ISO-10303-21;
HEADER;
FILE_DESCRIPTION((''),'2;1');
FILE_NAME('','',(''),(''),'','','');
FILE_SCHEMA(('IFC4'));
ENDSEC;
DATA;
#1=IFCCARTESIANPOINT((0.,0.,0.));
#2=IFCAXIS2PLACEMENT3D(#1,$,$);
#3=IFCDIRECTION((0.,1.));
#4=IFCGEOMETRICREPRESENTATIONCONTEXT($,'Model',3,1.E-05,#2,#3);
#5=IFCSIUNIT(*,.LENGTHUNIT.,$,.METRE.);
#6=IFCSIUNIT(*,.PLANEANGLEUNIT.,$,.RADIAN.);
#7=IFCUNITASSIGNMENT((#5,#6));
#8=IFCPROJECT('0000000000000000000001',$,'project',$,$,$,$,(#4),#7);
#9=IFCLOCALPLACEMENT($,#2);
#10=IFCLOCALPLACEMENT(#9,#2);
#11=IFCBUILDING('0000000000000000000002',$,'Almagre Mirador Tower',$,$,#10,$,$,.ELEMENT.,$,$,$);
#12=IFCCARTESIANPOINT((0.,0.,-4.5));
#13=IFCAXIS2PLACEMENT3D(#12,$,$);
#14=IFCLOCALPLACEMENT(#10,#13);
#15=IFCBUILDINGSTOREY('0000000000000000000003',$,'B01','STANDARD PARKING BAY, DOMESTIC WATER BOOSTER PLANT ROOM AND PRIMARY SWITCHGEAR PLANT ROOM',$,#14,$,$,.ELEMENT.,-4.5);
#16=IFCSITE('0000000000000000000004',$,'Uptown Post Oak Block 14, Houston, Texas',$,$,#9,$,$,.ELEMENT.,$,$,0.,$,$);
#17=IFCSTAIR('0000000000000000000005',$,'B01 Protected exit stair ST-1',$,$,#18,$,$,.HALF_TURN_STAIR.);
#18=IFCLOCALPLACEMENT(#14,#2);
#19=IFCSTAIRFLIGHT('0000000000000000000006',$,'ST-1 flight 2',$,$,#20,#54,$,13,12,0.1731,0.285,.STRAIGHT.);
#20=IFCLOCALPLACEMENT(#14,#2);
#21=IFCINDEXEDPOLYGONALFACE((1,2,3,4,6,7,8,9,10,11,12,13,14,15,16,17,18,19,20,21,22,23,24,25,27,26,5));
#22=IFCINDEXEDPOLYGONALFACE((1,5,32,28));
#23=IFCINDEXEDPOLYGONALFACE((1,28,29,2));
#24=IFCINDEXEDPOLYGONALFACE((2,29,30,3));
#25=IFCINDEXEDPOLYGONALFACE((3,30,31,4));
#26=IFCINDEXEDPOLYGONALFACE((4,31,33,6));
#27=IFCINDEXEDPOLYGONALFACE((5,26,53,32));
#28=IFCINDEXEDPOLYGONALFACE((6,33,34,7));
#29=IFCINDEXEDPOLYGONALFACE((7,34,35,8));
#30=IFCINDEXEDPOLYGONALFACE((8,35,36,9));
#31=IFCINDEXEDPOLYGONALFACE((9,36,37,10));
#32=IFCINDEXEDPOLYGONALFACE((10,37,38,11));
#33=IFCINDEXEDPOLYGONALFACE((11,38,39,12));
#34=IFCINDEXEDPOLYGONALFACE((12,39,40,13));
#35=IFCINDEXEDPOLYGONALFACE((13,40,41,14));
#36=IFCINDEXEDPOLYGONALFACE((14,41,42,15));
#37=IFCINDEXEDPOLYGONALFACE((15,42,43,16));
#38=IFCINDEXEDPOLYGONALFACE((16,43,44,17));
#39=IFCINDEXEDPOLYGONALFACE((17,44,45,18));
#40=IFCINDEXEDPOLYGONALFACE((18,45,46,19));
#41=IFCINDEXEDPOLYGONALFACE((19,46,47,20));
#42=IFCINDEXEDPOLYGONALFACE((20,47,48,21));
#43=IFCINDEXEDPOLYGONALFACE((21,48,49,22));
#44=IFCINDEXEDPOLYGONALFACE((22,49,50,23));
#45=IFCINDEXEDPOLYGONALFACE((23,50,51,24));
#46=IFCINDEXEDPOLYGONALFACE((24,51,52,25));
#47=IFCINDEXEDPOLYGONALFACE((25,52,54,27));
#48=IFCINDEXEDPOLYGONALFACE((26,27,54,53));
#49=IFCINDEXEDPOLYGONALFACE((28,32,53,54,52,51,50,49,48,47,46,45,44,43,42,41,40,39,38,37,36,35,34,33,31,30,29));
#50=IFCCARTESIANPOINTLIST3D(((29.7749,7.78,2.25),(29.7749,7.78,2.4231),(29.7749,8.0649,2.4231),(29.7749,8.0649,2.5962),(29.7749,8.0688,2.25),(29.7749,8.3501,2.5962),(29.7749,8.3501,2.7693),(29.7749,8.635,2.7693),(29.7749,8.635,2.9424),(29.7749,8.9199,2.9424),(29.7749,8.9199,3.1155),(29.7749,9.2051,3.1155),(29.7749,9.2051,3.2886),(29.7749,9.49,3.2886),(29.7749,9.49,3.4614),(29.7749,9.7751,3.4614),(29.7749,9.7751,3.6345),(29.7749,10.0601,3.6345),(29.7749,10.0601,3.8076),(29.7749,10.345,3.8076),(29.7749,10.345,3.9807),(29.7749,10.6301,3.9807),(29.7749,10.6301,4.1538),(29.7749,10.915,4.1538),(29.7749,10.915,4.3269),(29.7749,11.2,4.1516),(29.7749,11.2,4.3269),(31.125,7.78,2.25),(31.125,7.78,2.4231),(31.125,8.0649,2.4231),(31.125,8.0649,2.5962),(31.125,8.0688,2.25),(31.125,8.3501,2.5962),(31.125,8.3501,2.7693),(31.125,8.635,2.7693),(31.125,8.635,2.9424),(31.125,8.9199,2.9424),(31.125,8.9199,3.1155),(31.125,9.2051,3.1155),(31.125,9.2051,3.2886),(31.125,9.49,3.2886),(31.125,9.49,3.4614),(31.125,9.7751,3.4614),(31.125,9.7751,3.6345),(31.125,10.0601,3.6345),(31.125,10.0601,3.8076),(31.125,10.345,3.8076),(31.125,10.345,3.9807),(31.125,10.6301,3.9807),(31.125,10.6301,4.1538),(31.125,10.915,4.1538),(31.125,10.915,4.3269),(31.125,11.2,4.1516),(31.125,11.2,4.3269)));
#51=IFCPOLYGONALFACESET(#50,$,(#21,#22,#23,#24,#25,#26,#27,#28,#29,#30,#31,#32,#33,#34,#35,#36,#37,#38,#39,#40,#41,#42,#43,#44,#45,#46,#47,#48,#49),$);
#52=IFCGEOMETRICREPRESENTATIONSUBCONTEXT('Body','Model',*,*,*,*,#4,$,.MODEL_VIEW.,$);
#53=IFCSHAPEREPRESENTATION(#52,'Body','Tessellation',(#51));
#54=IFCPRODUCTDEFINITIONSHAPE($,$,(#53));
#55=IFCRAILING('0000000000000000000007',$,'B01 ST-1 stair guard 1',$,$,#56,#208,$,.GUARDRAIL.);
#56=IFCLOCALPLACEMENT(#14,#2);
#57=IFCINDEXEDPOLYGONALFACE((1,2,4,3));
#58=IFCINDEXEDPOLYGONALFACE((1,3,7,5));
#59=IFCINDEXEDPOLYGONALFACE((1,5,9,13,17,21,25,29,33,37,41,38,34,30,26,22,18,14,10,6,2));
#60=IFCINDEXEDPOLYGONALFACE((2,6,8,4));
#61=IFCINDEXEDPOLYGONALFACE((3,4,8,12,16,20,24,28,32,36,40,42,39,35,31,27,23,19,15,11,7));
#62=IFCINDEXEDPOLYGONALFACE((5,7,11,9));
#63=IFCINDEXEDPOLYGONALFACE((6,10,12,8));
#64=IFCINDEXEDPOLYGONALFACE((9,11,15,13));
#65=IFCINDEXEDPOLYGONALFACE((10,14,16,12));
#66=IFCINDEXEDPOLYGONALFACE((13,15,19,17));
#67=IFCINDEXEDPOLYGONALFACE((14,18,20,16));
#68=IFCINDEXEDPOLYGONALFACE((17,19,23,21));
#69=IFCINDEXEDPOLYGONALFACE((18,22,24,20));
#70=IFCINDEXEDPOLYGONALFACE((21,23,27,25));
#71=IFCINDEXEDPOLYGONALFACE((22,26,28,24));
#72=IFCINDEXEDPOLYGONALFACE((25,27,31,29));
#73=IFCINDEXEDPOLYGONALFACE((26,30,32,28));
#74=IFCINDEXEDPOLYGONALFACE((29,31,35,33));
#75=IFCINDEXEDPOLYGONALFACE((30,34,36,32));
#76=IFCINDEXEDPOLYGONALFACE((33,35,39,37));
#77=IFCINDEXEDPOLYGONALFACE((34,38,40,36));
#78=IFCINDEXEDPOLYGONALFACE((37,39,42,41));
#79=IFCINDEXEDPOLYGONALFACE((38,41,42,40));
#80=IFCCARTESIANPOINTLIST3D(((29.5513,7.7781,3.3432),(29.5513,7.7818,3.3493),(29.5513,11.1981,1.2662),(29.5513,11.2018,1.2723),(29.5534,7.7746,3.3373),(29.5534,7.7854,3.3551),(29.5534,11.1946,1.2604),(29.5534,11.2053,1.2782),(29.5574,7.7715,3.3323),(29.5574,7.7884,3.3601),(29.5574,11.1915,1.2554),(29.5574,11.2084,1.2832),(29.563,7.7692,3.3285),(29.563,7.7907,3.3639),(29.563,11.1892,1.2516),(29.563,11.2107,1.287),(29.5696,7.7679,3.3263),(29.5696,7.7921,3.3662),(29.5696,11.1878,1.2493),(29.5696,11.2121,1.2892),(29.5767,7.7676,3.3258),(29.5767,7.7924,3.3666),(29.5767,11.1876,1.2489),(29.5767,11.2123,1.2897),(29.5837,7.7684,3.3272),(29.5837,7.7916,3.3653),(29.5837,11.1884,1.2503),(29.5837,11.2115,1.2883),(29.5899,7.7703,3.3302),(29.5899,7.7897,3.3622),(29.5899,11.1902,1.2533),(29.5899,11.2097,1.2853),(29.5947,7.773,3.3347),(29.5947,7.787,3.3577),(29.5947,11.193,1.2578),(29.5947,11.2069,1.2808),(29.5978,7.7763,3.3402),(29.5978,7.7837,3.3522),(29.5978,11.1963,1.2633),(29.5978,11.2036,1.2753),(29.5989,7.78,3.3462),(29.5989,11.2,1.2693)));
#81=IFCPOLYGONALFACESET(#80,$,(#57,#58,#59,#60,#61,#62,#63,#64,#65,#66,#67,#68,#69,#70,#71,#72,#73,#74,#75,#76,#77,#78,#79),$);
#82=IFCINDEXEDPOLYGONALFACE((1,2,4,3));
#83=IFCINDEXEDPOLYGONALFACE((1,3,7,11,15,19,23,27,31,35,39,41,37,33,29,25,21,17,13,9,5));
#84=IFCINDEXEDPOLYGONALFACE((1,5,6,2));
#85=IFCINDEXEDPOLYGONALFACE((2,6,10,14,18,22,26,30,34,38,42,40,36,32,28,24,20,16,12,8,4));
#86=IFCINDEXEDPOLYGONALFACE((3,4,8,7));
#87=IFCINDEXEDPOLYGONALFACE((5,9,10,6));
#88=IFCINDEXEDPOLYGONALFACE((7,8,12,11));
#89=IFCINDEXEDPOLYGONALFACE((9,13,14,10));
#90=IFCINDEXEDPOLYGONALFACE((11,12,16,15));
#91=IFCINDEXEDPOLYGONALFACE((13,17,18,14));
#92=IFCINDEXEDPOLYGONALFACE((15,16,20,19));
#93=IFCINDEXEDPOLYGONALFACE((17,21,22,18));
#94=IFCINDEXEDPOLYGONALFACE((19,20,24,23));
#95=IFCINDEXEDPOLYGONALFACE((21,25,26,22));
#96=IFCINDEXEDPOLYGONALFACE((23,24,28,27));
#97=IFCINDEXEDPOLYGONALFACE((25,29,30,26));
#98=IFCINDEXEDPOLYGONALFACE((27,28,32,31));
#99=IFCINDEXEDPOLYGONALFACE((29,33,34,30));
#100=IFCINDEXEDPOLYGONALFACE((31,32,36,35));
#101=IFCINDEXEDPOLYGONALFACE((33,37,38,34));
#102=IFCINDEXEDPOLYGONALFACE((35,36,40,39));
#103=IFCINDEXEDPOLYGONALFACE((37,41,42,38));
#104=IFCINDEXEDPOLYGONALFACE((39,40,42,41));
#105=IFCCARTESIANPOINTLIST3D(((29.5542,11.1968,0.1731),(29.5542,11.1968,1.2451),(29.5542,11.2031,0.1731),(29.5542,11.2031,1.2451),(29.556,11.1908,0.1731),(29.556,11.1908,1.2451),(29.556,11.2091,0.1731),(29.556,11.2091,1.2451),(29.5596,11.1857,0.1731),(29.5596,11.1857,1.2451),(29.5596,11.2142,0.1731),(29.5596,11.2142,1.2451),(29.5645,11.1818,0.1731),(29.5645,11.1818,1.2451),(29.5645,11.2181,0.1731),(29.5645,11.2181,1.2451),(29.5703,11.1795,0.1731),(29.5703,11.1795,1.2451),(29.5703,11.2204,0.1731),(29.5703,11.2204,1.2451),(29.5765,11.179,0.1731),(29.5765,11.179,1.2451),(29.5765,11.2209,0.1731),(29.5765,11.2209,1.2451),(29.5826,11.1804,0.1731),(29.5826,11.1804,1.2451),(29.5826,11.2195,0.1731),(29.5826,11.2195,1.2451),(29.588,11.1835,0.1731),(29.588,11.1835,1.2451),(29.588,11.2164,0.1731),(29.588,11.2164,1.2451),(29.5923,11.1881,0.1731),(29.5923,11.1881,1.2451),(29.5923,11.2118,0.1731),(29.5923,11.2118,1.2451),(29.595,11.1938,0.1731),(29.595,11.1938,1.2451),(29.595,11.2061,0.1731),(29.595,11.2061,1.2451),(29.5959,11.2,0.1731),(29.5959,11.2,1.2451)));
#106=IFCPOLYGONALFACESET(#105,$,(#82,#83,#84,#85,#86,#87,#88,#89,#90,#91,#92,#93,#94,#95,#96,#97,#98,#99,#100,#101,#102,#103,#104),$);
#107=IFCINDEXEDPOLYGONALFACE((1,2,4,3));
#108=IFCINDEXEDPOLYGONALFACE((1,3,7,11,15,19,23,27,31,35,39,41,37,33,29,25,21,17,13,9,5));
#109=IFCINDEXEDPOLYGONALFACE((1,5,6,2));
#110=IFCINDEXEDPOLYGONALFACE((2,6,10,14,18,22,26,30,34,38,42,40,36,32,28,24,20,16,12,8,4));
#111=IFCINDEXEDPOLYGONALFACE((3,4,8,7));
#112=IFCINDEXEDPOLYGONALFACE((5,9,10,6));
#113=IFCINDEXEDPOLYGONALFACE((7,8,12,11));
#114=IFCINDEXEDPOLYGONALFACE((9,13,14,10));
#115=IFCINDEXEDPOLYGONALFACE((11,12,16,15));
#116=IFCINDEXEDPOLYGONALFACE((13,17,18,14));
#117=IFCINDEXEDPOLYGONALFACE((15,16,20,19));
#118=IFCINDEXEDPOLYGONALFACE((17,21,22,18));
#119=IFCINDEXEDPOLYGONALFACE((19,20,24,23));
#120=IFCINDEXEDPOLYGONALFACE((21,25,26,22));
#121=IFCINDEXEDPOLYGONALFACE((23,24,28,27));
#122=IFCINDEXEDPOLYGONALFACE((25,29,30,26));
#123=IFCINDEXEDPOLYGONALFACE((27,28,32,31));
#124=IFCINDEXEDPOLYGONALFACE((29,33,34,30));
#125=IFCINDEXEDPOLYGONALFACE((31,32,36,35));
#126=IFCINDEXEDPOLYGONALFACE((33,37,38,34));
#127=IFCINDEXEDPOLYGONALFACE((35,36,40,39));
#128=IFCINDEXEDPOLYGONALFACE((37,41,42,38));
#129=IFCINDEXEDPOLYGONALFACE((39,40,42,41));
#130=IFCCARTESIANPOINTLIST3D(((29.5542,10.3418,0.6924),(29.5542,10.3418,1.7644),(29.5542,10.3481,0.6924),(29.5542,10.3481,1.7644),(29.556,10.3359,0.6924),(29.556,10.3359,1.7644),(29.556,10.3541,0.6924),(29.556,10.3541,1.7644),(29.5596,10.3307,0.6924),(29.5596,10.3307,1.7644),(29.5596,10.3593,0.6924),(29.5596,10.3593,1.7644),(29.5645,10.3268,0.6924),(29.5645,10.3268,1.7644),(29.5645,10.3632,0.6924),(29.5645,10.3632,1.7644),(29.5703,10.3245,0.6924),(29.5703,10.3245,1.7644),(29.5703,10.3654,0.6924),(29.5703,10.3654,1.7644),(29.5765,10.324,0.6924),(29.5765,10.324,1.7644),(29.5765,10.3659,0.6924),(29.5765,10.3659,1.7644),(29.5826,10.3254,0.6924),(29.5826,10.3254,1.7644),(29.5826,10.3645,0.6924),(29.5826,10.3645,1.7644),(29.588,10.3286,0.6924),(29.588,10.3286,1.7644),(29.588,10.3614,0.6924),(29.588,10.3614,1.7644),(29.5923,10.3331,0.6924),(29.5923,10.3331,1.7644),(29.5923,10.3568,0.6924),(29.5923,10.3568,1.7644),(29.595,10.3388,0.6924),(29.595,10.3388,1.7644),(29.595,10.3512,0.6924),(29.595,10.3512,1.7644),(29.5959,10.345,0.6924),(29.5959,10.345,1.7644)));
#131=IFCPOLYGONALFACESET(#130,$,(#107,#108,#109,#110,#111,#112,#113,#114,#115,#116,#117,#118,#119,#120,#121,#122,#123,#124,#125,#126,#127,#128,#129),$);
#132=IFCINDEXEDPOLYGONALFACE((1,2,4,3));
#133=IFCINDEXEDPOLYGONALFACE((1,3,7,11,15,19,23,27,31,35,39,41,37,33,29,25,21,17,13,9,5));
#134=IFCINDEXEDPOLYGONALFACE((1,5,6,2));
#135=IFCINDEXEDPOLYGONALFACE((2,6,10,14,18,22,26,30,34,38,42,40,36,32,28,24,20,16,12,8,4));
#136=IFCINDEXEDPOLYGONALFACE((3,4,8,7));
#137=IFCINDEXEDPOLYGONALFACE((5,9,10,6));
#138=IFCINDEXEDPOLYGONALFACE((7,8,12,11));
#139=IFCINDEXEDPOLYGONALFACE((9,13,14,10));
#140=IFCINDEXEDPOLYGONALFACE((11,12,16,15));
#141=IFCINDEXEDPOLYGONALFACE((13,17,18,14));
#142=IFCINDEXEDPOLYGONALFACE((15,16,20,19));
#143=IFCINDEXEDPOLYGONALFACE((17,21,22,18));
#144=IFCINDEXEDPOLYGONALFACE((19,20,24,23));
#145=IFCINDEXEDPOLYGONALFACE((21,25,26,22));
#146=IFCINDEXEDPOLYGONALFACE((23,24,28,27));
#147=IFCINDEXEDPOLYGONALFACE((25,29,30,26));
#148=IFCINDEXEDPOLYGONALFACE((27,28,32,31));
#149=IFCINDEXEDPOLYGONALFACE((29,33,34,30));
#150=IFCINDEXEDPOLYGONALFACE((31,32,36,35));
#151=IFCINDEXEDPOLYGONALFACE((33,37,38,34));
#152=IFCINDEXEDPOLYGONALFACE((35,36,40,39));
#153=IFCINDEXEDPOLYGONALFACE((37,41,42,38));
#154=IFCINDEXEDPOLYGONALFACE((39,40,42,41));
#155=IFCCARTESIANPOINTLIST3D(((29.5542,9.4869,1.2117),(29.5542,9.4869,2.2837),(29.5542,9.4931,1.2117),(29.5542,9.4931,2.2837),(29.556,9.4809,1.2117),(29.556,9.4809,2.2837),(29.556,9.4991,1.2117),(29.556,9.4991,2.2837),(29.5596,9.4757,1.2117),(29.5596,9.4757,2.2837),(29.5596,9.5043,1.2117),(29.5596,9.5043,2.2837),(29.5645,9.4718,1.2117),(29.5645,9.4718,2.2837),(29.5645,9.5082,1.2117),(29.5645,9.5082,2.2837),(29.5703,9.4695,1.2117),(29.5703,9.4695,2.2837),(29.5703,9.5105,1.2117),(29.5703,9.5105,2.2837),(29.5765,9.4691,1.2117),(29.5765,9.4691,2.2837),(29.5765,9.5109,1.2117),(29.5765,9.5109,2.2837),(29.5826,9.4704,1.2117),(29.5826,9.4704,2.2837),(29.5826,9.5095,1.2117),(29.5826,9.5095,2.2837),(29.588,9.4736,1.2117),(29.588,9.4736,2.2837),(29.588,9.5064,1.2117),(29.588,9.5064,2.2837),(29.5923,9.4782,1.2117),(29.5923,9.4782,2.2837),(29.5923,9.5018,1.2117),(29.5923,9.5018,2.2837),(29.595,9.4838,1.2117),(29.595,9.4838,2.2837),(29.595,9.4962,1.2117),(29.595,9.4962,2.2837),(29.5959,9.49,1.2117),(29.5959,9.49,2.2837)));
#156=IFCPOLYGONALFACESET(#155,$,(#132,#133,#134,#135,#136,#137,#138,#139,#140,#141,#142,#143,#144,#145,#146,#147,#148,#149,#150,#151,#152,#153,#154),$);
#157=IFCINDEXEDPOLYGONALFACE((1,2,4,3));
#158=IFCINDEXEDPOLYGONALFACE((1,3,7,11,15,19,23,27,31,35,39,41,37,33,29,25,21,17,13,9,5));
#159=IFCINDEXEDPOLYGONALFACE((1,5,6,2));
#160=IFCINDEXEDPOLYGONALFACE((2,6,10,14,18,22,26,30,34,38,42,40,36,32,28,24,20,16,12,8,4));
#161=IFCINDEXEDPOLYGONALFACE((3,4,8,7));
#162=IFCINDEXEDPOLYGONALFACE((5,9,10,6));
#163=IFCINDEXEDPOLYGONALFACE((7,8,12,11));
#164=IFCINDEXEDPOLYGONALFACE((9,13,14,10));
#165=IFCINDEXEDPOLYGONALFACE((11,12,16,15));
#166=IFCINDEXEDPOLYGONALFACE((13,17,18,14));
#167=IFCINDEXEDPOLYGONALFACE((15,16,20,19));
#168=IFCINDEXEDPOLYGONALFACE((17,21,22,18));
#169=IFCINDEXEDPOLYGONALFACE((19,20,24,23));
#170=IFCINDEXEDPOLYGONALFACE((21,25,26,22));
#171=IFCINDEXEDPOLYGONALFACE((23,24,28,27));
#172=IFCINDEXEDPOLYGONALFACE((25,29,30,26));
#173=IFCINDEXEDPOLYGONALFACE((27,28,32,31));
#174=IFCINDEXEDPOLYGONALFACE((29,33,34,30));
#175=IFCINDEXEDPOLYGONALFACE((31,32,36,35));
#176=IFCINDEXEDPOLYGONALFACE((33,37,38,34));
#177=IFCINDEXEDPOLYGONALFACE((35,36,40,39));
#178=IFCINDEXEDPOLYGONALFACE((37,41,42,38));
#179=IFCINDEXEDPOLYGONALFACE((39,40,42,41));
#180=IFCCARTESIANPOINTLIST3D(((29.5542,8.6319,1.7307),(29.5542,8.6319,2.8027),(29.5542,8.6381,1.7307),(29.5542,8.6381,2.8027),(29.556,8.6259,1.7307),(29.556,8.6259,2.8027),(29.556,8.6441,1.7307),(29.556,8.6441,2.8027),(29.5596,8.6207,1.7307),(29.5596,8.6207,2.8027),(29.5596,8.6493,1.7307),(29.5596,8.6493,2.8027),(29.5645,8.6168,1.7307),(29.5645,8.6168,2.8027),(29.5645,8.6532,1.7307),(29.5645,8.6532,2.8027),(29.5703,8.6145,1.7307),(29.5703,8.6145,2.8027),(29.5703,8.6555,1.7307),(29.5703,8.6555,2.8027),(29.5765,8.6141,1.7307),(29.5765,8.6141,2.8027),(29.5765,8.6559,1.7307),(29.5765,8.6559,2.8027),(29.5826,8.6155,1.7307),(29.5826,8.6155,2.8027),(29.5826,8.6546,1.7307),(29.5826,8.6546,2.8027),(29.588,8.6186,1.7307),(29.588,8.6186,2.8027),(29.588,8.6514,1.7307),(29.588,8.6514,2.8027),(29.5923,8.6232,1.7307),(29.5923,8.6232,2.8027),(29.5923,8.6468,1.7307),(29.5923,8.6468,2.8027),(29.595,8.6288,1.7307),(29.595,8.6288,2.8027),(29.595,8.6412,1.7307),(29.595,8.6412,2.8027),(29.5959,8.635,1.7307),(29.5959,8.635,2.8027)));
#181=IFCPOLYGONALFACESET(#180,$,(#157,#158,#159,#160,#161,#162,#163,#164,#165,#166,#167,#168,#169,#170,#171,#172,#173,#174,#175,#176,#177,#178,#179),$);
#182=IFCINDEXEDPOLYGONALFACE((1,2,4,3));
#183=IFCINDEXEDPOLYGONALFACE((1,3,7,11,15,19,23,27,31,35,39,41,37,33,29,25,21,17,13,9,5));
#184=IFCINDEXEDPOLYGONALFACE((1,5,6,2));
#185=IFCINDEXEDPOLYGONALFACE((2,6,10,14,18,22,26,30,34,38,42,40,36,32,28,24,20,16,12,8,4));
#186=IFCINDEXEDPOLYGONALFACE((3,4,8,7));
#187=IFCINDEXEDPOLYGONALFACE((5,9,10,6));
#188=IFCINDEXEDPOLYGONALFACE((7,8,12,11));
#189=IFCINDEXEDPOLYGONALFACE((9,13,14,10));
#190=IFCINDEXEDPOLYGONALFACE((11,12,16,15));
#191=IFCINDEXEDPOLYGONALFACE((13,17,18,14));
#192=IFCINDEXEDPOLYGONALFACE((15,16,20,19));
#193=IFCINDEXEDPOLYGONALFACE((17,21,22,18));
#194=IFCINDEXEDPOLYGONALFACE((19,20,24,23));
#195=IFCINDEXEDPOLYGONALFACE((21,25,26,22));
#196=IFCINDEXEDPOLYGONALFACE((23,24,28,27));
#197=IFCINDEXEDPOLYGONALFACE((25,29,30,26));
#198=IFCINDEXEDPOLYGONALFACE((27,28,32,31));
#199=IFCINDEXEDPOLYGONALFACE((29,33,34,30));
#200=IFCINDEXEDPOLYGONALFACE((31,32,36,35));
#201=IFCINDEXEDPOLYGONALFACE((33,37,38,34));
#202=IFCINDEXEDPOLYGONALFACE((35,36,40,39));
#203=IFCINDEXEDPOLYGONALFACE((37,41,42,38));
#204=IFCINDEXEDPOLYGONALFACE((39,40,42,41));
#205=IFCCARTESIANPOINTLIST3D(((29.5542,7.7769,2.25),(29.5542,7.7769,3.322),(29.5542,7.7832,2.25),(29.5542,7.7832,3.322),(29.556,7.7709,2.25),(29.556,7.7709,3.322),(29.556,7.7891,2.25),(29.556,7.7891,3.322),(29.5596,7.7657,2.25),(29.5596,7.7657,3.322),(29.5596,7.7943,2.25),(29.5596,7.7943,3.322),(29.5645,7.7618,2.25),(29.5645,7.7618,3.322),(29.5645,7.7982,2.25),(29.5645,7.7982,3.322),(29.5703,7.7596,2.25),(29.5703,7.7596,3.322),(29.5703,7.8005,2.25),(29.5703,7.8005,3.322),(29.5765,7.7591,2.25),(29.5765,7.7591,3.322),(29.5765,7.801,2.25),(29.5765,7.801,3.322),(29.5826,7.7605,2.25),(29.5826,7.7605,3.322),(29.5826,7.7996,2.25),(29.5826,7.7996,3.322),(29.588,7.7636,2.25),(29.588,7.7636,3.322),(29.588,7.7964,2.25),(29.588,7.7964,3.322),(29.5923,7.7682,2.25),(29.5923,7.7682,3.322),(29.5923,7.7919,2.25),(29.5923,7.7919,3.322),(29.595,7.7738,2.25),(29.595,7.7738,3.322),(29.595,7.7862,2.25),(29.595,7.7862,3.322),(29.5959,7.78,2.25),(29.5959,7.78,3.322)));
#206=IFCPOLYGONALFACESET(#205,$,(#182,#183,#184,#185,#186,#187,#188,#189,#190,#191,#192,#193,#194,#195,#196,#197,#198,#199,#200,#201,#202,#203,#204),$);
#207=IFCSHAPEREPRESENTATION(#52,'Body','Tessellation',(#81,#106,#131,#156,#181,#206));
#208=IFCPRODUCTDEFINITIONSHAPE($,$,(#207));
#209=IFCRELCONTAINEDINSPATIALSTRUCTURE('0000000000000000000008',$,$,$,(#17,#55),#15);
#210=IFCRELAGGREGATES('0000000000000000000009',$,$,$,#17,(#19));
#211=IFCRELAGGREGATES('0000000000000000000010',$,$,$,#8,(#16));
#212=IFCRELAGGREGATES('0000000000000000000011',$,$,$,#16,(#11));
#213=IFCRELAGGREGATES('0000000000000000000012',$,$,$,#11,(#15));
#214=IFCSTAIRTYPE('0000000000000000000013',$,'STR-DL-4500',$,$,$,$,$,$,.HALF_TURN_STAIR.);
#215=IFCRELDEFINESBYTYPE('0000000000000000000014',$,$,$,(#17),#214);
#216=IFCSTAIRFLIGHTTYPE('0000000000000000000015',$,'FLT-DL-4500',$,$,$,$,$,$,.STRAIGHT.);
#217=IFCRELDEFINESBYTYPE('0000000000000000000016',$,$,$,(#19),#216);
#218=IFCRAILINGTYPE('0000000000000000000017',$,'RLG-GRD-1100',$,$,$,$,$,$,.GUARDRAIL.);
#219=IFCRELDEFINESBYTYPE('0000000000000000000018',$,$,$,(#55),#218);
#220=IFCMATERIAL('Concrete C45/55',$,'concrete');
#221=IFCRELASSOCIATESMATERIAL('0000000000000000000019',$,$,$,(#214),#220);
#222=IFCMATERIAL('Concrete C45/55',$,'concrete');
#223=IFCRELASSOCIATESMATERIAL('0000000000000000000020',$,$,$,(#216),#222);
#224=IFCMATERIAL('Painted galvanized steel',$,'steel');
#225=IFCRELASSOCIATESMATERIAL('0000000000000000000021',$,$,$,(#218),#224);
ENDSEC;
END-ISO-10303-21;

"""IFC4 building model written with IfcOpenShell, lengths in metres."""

from ifc_helpers import new_model, si_unit, direction, frame, origin, origin_2d, place, context, subcontext, project, spatial, polyline, circle, outline, extrude, material, type_object, element, aggregate, save


model = new_model("IFC4")

# Units and contexts
model_context = context("Model", 3, precision=1e-05, world=origin(), true_north=direction((0.0, 1.0)))
body_context = subcontext(model_context, "Body", "Model", "MODEL_VIEW")
ifc_project = project(units=[si_unit("LENGTHUNIT", "METRE"), si_unit("PLANEANGLEUNIT", "RADIAN")], contexts=[model_context])

# Site, building, storey
site_placement = place(None, origin())
site = spatial("IfcSite", under=ifc_project, at=site_placement, Name="Uptown Post Oak Block 14, Houston, Texas", CompositionType="ELEMENT", RefElevation=0.0)
building_placement = place(site_placement, origin())
building = spatial("IfcBuilding", under=site, at=building_placement, Name="Almagre Mirador Tower", CompositionType="ELEMENT")
storey_placement = place(building_placement, frame((0.0, 0.0, -4.5)))
storey = spatial("IfcBuildingStorey", under=building, at=storey_placement, Name="B01", Description="STANDARD PARKING BAY, DOMESTIC WATER BOOSTER PLANT ROOM AND PRIMARY SWITCHGEAR PLANT ROOM", CompositionType="ELEMENT", Elevation=-4.5)

# Stair, stair flight
ifc_material_1 = material(Name="Concrete C45/55", Category="concrete")
stair_type = type_object("IfcStairType", Name="STR-DL-4500", PredefinedType="HALF_TURN_STAIR", material=ifc_material_1)
stair_placement = place(storey_placement, origin())
stair = element("IfcStair", 1, at=stair_placement, inside=storey, type_object=stair_type, Name="B01 Protected exit stair ST-1", PredefinedType="HALF_TURN_STAIR")
ifc_material_2 = material(Name="Concrete C45/55", Category="concrete")
stair_flight_type = type_object("IfcStairFlightType", Name="FLT-DL-4500", PredefinedType="STRAIGHT", material=ifc_material_2)
stair_flight_1_placement = place(storey_placement, frame((30.45, 7.78, 2.25), z_axis=(0.0, 0.0, 1.0), x_axis=(0.0, 1.0, 0.0)))
stair_flight_1 = element("IfcStairFlight", 2, at=stair_flight_1_placement, type_object=stair_flight_type, Name="ST-1 flight 2", NumberOfRisers=13, NumberOfTreads=12, PredefinedType="STRAIGHT", RiserHeight=0.1731, TreadLength=0.285, context=body_context, shape_type="SweptSolid", body=[
    extrude(outline(polyline([(0.0, 0.0), (0.0, 0.1731), (0.2849, 0.1731), (0.2849, 0.3462), (0.5701, 0.3462), (0.5701, 0.5193), (0.855, 0.5193), (0.855, 0.6924), (1.1399, 0.6924), (1.1399, 0.8655), (1.425, 0.8655), (1.425, 1.0386), (1.71, 1.0386), (1.71, 1.2114), (1.9951, 1.2114), (1.9951, 1.3845), (2.28, 1.3845), (2.28, 1.5576), (2.5649, 1.5576), (2.5649, 1.7307), (2.8501, 1.7307), (2.8501, 1.9038), (3.135, 1.9038), (3.135, 2.0769), (3.4199, 2.0769), (3.4199, 2.25), (3.4199, 1.9016), (0.2888, 0.0), (0.0, 0.0)])), frame((0.0, 0.675, 0.0), z_axis=(0.0, -1.0, 0.0), x_axis=(1.0, 0.0, 0.0)), (0.0, 0.0, 1.0), 1.3501),
])
aggregate(stair, [stair_flight_1])

# Railing
ifc_material_3 = material(Name="Painted galvanized steel", Category="steel")
railing_type_1 = type_object("IfcRailingType", Name="RLG-GRD-1100", PredefinedType="GUARDRAIL", material=ifc_material_3)
railing_1_placement = place(storey_placement, frame((29.575, 11.2, 0.1731)))
element("IfcRailing", 3, at=railing_1_placement, inside=storey, type_object=railing_type_1, Name="B01 ST-1 stair guard 1", PredefinedType="GUARDRAIL", context=body_context, shape_type="SweptSolid", body=[
    extrude(circle(Radius=0.0239, at=origin_2d()), frame((0.0, 0.0, 1.0962), z_axis=(0.0, -0.85473, 0.519074), x_axis=(1.0, 0.0, 0.0)), (0.0, 0.0, 1.0), 4.0012),
    extrude(circle(Radius=0.021, at=origin_2d()), origin(), (0.0, 0.0, 1.0), 1.072),
    extrude(circle(Radius=0.021, at=origin_2d()), frame((0.0, -0.855, 0.5193)), (0.0, 0.0, 1.0), 1.072),
    extrude(circle(Radius=0.021, at=origin_2d()), frame((0.0, -1.71, 1.0386)), (0.0, 0.0, 1.0), 1.072),
    extrude(circle(Radius=0.021, at=origin_2d()), frame((0.0, -2.5649, 1.5576)), (0.0, 0.0, 1.0), 1.072),
    extrude(circle(Radius=0.021, at=origin_2d()), frame((0.0, -3.4199, 2.0769)), (0.0, 0.0, 1.0), 1.072),
])

save(model, "model.ifc")
